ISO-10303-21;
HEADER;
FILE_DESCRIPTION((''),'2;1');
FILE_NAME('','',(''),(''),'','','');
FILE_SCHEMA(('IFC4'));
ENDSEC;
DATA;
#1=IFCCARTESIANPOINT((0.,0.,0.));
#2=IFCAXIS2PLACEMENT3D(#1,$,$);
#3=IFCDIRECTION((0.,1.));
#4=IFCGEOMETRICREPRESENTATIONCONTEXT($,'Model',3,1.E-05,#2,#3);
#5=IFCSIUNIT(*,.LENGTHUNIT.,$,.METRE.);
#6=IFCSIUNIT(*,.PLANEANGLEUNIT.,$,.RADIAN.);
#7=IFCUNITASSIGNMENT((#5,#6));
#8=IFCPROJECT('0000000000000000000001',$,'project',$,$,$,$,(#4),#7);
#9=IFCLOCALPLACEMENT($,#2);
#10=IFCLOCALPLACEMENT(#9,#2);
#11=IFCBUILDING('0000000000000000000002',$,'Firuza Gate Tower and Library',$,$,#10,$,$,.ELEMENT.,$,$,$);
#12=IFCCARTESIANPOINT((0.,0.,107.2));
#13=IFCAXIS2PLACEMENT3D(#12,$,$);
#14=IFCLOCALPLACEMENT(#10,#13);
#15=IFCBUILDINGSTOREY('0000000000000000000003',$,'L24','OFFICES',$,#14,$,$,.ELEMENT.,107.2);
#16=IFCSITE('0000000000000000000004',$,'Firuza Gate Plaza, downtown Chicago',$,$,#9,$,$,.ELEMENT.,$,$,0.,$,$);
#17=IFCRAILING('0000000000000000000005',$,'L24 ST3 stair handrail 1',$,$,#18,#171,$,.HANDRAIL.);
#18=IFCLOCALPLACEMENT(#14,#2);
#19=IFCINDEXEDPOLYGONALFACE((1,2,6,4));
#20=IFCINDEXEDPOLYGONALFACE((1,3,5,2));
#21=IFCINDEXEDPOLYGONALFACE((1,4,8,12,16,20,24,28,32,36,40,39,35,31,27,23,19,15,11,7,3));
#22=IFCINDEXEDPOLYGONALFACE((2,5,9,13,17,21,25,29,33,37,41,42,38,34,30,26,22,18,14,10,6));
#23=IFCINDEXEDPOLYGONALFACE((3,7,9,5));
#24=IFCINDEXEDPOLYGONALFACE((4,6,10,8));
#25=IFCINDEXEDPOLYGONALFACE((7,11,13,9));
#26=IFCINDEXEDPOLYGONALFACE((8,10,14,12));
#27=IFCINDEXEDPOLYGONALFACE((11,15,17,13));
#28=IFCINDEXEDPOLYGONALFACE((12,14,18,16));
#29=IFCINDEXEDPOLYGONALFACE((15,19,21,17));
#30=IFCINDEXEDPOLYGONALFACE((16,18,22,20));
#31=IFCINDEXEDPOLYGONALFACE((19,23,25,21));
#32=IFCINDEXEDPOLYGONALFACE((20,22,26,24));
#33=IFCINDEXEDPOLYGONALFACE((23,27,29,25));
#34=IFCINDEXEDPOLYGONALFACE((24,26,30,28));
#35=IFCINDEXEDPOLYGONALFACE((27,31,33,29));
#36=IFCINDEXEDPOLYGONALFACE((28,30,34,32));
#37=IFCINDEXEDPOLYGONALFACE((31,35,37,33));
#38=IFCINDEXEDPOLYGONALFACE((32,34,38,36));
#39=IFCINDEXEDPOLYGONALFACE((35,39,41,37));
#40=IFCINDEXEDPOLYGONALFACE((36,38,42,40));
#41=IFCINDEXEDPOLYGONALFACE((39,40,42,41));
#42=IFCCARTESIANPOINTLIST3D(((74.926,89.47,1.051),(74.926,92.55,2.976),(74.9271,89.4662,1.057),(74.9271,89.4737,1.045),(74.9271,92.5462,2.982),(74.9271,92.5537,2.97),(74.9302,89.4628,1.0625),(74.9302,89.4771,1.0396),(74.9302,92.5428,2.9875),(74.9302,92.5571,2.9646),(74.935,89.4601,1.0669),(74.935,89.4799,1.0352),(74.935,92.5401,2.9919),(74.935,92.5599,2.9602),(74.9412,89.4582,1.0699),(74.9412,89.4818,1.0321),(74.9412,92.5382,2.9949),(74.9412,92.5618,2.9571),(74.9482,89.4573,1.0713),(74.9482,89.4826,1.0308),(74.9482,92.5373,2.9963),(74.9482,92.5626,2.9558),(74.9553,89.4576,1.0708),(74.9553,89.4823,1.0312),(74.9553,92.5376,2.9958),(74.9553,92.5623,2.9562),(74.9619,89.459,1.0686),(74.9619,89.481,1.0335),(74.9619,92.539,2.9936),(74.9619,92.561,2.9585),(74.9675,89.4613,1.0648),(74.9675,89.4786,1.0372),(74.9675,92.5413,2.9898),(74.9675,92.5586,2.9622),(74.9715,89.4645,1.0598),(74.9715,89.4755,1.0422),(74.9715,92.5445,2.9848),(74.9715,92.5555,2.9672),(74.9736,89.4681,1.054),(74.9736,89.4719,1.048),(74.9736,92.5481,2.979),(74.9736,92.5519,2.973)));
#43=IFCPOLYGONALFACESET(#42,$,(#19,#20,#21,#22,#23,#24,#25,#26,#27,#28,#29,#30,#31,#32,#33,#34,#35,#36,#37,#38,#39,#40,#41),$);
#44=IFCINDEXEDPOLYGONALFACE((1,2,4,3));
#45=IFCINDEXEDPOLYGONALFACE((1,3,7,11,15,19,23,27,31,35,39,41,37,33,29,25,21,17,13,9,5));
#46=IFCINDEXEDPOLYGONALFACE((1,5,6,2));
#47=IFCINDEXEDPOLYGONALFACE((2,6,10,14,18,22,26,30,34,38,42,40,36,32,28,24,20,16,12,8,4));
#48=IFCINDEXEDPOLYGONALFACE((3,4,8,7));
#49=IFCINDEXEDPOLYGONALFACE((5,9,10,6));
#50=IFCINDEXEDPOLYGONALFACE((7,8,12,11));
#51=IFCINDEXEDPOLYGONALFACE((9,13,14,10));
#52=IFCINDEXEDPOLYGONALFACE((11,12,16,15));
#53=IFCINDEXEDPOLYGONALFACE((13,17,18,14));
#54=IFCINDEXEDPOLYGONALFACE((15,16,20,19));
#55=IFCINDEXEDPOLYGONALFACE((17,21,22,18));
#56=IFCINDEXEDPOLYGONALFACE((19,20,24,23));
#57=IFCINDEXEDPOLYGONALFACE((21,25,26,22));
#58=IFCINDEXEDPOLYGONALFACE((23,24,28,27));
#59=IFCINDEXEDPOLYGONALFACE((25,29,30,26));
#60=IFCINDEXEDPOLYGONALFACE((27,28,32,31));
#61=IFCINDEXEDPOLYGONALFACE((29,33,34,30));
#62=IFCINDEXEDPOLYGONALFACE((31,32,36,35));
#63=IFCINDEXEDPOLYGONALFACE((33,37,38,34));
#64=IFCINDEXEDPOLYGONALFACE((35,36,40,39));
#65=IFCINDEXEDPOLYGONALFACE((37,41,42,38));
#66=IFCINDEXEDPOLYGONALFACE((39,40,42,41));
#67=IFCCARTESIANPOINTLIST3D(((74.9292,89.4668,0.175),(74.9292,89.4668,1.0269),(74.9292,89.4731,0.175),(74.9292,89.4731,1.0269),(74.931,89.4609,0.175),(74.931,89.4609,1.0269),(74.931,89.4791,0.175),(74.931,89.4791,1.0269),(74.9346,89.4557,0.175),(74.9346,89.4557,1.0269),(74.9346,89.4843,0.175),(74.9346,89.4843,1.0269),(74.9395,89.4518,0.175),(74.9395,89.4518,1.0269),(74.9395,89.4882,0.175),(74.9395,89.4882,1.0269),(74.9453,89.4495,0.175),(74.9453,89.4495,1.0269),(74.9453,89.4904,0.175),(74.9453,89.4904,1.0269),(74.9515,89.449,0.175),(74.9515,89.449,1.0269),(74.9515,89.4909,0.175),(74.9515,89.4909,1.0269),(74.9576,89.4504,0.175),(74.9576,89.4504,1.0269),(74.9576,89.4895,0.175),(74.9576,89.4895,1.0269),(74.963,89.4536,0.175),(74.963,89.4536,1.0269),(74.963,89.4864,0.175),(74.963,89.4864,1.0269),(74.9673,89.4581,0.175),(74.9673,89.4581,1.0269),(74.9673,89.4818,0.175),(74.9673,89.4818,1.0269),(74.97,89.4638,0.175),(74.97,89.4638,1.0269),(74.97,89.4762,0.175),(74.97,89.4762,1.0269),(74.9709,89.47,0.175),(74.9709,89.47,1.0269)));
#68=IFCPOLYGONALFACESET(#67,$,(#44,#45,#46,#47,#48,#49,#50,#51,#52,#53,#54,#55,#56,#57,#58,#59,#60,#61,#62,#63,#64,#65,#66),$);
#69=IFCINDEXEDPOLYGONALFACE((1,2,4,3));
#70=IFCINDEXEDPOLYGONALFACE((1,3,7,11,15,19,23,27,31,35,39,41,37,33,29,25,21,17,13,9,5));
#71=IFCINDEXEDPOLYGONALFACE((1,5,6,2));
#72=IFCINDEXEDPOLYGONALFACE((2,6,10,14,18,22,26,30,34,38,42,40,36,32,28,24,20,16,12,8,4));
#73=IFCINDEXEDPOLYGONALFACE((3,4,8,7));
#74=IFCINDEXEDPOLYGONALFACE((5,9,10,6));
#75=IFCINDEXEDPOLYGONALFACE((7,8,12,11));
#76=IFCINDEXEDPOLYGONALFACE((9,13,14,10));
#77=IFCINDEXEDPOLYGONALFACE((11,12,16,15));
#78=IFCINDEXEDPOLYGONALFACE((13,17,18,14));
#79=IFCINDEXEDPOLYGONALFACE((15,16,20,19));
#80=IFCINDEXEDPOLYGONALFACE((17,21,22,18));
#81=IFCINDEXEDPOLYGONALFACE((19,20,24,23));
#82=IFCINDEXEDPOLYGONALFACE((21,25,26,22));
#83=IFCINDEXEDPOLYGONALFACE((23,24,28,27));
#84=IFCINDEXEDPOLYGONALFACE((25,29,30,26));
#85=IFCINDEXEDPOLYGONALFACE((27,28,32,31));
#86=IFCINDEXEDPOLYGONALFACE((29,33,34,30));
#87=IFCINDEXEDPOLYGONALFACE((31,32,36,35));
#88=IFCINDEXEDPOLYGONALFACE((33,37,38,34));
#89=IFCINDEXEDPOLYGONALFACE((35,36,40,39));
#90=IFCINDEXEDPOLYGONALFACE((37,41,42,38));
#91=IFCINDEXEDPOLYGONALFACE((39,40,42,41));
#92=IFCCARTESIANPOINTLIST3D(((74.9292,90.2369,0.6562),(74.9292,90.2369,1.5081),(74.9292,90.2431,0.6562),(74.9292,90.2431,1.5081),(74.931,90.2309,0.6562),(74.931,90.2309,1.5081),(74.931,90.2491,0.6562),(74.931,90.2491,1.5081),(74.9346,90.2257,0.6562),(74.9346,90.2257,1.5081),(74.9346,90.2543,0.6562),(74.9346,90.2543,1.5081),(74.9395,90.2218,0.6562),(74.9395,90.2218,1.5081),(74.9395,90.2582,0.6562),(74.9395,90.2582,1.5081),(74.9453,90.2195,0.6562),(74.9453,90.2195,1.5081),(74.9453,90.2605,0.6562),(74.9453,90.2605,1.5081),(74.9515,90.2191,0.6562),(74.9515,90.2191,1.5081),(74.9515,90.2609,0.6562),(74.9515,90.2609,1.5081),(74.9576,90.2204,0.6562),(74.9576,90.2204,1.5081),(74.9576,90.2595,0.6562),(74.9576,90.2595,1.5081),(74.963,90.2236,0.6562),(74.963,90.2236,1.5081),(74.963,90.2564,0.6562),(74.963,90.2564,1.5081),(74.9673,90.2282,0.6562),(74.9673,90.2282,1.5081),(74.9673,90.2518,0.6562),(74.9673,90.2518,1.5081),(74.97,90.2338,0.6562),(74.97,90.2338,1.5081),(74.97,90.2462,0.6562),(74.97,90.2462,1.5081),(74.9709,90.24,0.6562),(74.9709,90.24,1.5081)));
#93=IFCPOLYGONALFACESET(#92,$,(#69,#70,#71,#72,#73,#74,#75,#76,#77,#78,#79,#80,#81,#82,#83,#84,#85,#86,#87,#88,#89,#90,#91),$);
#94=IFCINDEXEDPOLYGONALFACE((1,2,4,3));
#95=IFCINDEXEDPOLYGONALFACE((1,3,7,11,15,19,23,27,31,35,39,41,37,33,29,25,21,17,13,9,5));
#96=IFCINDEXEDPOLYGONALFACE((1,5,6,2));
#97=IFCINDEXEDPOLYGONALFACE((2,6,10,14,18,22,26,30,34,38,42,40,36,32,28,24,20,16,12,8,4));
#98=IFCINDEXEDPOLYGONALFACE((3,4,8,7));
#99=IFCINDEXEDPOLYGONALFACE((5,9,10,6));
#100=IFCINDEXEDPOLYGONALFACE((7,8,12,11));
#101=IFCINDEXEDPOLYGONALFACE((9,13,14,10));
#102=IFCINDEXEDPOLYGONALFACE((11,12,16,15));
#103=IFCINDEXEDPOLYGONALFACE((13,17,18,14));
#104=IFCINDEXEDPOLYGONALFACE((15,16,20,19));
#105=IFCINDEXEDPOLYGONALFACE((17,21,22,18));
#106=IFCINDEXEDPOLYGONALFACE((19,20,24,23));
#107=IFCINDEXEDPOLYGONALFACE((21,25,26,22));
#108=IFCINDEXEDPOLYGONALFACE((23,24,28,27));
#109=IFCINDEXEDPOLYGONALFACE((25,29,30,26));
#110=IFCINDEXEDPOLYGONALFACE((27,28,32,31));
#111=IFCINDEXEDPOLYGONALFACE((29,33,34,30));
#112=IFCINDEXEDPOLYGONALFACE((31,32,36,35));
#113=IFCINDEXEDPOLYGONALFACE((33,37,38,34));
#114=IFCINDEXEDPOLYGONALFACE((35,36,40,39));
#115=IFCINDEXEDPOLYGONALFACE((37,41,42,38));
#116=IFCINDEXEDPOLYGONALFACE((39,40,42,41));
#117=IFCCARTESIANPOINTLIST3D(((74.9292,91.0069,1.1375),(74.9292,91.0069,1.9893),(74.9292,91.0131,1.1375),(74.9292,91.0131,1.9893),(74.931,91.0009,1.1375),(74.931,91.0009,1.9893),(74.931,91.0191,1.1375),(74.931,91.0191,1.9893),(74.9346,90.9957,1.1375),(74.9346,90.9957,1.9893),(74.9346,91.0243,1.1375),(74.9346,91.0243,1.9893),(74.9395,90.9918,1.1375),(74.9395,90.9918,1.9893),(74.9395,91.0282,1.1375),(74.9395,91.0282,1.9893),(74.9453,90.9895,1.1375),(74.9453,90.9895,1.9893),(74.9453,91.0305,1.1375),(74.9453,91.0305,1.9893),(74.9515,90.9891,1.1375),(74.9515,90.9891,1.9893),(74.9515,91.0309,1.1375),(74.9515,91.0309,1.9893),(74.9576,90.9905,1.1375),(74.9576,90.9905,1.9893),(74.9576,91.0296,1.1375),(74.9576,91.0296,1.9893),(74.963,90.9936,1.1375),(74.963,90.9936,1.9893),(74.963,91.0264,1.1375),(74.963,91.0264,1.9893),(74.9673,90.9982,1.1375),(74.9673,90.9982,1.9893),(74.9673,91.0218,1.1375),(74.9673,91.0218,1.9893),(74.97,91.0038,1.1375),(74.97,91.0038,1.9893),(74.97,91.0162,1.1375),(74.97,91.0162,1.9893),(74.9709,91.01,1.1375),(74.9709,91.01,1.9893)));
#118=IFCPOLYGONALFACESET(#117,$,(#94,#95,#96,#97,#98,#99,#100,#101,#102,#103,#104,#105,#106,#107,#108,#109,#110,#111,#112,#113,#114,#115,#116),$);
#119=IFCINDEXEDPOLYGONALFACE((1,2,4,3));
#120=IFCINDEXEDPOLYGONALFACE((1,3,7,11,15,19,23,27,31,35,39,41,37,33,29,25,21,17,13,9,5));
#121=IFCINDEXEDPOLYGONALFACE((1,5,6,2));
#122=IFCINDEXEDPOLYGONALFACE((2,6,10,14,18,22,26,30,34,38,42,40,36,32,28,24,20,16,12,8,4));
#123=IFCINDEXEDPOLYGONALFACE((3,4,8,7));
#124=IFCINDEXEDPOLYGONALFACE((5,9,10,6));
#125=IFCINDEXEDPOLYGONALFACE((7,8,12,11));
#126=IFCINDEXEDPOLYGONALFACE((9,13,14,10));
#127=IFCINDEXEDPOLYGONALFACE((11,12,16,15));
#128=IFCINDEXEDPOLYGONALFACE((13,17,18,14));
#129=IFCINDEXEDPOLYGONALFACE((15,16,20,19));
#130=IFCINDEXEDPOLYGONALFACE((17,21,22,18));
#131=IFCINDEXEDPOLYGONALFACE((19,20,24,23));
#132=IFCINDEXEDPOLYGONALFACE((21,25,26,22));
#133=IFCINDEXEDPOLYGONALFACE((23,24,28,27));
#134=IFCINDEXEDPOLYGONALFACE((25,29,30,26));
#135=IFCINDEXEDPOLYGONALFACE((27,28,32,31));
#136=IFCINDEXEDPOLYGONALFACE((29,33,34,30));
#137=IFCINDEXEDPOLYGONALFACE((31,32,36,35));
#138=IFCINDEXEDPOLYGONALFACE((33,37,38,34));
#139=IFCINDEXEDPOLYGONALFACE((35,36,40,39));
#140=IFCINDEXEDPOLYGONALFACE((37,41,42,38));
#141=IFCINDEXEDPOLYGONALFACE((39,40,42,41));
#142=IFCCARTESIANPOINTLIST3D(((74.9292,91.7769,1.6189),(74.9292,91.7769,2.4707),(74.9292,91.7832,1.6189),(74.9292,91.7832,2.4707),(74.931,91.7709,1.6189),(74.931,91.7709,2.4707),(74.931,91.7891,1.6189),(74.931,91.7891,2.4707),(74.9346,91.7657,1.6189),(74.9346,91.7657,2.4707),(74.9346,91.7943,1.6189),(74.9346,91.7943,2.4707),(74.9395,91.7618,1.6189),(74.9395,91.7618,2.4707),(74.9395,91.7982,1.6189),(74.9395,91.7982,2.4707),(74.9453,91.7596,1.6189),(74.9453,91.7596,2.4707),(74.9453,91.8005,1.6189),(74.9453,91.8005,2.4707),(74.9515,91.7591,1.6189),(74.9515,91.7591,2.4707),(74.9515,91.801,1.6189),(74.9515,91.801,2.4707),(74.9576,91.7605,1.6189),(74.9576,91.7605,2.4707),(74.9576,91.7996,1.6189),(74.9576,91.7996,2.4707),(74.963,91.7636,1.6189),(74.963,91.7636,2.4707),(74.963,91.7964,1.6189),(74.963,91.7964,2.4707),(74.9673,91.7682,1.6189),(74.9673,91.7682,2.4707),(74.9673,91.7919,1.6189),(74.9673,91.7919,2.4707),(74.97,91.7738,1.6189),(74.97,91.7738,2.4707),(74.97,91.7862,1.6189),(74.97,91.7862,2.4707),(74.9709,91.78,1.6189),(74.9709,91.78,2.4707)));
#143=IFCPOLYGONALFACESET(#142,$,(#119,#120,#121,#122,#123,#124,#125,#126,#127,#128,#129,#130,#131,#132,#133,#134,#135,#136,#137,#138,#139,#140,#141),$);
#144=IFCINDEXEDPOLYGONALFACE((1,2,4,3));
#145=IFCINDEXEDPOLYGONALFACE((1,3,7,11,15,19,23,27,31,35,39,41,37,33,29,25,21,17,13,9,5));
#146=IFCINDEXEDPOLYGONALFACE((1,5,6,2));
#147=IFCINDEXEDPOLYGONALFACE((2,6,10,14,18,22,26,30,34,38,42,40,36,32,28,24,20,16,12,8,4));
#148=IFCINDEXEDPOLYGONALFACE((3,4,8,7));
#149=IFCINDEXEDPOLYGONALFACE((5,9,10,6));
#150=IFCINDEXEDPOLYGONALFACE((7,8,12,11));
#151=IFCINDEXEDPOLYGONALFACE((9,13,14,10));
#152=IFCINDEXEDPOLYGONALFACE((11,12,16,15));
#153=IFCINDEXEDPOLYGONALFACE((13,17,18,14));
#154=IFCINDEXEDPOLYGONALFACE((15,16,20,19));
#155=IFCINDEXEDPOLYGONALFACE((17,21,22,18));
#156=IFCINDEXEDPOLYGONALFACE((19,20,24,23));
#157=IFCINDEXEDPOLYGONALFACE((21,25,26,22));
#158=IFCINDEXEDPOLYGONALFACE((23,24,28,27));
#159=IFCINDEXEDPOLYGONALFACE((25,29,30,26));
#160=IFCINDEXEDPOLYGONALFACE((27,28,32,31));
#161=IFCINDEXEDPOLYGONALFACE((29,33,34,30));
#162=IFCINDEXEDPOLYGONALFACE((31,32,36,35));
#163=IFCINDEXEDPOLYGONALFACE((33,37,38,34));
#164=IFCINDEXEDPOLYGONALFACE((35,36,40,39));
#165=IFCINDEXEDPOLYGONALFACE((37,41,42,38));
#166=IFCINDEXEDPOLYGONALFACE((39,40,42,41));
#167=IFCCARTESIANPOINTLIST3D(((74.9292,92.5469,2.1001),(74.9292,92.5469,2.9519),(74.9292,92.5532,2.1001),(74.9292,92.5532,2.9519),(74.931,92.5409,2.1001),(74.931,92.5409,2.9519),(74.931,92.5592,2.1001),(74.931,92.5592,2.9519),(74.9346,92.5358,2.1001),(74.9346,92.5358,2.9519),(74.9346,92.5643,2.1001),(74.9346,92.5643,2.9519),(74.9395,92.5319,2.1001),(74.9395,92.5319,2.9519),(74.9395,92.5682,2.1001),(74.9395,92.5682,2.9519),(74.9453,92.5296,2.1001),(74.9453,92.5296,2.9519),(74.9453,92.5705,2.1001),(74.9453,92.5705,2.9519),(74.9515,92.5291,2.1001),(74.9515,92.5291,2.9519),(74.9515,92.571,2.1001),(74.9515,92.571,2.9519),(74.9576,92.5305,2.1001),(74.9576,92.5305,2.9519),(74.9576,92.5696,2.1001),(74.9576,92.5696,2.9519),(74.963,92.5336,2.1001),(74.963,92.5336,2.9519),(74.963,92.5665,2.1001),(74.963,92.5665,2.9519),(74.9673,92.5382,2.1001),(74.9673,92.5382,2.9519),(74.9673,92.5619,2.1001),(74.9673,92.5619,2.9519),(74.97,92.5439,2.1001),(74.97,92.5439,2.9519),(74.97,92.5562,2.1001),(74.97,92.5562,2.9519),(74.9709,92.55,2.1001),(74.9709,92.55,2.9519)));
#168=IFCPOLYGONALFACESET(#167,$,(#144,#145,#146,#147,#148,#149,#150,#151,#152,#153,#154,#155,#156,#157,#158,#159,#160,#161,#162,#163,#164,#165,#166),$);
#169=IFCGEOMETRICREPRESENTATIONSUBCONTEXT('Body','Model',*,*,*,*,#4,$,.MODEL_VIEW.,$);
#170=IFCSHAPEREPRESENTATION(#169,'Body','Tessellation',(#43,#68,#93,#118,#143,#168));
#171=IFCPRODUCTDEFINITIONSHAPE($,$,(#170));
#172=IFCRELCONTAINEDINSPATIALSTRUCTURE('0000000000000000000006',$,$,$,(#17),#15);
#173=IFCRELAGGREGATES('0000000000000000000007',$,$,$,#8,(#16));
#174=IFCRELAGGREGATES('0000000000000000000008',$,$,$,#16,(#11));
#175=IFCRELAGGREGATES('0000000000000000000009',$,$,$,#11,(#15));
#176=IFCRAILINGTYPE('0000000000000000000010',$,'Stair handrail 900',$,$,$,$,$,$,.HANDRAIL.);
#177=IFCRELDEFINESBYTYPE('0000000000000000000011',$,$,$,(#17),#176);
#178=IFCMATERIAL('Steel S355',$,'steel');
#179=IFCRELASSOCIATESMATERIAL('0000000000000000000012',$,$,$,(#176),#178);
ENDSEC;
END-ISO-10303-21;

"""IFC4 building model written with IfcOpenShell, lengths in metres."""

from ifc_helpers import new_model, si_unit, direction, frame, origin, origin_2d, place, context, subcontext, project, spatial, circle, extrude, material, type_object, element, save


model = new_model("IFC4")

# Units and contexts
model_context = context("Model", 3, precision=1e-05, world=origin(), true_north=direction((0.0, 1.0)))
body_context = subcontext(model_context, "Body", "Model", "MODEL_VIEW")
ifc_project = project(units=[si_unit("LENGTHUNIT", "METRE"), si_unit("PLANEANGLEUNIT", "RADIAN")], contexts=[model_context])

# Site, building, storey
site_placement = place(None, origin())
site = spatial("IfcSite", under=ifc_project, at=site_placement, Name="Firuza Gate Plaza, downtown Chicago", CompositionType="ELEMENT", RefElevation=0.0)
building_placement = place(site_placement, origin())
building = spatial("IfcBuilding", under=site, at=building_placement, Name="Firuza Gate Tower and Library", CompositionType="ELEMENT")
storey_placement = place(building_placement, frame((0.0, 0.0, 107.2)))
storey = spatial("IfcBuildingStorey", under=building, at=storey_placement, Name="L24", Description="OFFICES", CompositionType="ELEMENT", Elevation=107.2)

# Railing
ifc_material_1 = material(Name="Steel S355", Category="steel")
railing_type_1 = type_object("IfcRailingType", Name="Stair handrail 900", PredefinedType="HANDRAIL", material=ifc_material_1)
railing_1_placement = place(storey_placement, frame((74.95, 89.47, 0.175)))
element("IfcRailing", 1, at=railing_1_placement, inside=storey, type_object=railing_type_1, Name="L24 ST3 stair handrail 1", PredefinedType="HANDRAIL", context=body_context, shape_type="SweptSolid", body=[
    extrude(circle(Radius=0.0239, at=origin_2d()), frame((0.0, 0.0, 0.876), z_axis=(0.0, 0.847998, 0.529999), x_axis=(-1.0, 0.0, 0.0)), (0.0, 0.0, 1.0), 3.6321),
    extrude(circle(Radius=0.021, at=origin_2d()), origin(), (0.0, 0.0, 1.0), 0.8518),
    extrude(circle(Radius=0.021, at=origin_2d()), frame((0.0, 0.77, 0.4812)), (0.0, 0.0, 1.0), 0.8518),
    extrude(circle(Radius=0.021, at=origin_2d()), frame((0.0, 1.54, 0.9624)), (0.0, 0.0, 1.0), 0.8518),
    extrude(circle(Radius=0.021, at=origin_2d()), frame((0.0, 2.3101, 1.4438)), (0.0, 0.0, 1.0), 0.8518),
    extrude(circle(Radius=0.021, at=origin_2d()), frame((0.0, 3.0801, 1.925)), (0.0, 0.0, 1.0), 0.8518),
])

save(model, "model.ifc")
